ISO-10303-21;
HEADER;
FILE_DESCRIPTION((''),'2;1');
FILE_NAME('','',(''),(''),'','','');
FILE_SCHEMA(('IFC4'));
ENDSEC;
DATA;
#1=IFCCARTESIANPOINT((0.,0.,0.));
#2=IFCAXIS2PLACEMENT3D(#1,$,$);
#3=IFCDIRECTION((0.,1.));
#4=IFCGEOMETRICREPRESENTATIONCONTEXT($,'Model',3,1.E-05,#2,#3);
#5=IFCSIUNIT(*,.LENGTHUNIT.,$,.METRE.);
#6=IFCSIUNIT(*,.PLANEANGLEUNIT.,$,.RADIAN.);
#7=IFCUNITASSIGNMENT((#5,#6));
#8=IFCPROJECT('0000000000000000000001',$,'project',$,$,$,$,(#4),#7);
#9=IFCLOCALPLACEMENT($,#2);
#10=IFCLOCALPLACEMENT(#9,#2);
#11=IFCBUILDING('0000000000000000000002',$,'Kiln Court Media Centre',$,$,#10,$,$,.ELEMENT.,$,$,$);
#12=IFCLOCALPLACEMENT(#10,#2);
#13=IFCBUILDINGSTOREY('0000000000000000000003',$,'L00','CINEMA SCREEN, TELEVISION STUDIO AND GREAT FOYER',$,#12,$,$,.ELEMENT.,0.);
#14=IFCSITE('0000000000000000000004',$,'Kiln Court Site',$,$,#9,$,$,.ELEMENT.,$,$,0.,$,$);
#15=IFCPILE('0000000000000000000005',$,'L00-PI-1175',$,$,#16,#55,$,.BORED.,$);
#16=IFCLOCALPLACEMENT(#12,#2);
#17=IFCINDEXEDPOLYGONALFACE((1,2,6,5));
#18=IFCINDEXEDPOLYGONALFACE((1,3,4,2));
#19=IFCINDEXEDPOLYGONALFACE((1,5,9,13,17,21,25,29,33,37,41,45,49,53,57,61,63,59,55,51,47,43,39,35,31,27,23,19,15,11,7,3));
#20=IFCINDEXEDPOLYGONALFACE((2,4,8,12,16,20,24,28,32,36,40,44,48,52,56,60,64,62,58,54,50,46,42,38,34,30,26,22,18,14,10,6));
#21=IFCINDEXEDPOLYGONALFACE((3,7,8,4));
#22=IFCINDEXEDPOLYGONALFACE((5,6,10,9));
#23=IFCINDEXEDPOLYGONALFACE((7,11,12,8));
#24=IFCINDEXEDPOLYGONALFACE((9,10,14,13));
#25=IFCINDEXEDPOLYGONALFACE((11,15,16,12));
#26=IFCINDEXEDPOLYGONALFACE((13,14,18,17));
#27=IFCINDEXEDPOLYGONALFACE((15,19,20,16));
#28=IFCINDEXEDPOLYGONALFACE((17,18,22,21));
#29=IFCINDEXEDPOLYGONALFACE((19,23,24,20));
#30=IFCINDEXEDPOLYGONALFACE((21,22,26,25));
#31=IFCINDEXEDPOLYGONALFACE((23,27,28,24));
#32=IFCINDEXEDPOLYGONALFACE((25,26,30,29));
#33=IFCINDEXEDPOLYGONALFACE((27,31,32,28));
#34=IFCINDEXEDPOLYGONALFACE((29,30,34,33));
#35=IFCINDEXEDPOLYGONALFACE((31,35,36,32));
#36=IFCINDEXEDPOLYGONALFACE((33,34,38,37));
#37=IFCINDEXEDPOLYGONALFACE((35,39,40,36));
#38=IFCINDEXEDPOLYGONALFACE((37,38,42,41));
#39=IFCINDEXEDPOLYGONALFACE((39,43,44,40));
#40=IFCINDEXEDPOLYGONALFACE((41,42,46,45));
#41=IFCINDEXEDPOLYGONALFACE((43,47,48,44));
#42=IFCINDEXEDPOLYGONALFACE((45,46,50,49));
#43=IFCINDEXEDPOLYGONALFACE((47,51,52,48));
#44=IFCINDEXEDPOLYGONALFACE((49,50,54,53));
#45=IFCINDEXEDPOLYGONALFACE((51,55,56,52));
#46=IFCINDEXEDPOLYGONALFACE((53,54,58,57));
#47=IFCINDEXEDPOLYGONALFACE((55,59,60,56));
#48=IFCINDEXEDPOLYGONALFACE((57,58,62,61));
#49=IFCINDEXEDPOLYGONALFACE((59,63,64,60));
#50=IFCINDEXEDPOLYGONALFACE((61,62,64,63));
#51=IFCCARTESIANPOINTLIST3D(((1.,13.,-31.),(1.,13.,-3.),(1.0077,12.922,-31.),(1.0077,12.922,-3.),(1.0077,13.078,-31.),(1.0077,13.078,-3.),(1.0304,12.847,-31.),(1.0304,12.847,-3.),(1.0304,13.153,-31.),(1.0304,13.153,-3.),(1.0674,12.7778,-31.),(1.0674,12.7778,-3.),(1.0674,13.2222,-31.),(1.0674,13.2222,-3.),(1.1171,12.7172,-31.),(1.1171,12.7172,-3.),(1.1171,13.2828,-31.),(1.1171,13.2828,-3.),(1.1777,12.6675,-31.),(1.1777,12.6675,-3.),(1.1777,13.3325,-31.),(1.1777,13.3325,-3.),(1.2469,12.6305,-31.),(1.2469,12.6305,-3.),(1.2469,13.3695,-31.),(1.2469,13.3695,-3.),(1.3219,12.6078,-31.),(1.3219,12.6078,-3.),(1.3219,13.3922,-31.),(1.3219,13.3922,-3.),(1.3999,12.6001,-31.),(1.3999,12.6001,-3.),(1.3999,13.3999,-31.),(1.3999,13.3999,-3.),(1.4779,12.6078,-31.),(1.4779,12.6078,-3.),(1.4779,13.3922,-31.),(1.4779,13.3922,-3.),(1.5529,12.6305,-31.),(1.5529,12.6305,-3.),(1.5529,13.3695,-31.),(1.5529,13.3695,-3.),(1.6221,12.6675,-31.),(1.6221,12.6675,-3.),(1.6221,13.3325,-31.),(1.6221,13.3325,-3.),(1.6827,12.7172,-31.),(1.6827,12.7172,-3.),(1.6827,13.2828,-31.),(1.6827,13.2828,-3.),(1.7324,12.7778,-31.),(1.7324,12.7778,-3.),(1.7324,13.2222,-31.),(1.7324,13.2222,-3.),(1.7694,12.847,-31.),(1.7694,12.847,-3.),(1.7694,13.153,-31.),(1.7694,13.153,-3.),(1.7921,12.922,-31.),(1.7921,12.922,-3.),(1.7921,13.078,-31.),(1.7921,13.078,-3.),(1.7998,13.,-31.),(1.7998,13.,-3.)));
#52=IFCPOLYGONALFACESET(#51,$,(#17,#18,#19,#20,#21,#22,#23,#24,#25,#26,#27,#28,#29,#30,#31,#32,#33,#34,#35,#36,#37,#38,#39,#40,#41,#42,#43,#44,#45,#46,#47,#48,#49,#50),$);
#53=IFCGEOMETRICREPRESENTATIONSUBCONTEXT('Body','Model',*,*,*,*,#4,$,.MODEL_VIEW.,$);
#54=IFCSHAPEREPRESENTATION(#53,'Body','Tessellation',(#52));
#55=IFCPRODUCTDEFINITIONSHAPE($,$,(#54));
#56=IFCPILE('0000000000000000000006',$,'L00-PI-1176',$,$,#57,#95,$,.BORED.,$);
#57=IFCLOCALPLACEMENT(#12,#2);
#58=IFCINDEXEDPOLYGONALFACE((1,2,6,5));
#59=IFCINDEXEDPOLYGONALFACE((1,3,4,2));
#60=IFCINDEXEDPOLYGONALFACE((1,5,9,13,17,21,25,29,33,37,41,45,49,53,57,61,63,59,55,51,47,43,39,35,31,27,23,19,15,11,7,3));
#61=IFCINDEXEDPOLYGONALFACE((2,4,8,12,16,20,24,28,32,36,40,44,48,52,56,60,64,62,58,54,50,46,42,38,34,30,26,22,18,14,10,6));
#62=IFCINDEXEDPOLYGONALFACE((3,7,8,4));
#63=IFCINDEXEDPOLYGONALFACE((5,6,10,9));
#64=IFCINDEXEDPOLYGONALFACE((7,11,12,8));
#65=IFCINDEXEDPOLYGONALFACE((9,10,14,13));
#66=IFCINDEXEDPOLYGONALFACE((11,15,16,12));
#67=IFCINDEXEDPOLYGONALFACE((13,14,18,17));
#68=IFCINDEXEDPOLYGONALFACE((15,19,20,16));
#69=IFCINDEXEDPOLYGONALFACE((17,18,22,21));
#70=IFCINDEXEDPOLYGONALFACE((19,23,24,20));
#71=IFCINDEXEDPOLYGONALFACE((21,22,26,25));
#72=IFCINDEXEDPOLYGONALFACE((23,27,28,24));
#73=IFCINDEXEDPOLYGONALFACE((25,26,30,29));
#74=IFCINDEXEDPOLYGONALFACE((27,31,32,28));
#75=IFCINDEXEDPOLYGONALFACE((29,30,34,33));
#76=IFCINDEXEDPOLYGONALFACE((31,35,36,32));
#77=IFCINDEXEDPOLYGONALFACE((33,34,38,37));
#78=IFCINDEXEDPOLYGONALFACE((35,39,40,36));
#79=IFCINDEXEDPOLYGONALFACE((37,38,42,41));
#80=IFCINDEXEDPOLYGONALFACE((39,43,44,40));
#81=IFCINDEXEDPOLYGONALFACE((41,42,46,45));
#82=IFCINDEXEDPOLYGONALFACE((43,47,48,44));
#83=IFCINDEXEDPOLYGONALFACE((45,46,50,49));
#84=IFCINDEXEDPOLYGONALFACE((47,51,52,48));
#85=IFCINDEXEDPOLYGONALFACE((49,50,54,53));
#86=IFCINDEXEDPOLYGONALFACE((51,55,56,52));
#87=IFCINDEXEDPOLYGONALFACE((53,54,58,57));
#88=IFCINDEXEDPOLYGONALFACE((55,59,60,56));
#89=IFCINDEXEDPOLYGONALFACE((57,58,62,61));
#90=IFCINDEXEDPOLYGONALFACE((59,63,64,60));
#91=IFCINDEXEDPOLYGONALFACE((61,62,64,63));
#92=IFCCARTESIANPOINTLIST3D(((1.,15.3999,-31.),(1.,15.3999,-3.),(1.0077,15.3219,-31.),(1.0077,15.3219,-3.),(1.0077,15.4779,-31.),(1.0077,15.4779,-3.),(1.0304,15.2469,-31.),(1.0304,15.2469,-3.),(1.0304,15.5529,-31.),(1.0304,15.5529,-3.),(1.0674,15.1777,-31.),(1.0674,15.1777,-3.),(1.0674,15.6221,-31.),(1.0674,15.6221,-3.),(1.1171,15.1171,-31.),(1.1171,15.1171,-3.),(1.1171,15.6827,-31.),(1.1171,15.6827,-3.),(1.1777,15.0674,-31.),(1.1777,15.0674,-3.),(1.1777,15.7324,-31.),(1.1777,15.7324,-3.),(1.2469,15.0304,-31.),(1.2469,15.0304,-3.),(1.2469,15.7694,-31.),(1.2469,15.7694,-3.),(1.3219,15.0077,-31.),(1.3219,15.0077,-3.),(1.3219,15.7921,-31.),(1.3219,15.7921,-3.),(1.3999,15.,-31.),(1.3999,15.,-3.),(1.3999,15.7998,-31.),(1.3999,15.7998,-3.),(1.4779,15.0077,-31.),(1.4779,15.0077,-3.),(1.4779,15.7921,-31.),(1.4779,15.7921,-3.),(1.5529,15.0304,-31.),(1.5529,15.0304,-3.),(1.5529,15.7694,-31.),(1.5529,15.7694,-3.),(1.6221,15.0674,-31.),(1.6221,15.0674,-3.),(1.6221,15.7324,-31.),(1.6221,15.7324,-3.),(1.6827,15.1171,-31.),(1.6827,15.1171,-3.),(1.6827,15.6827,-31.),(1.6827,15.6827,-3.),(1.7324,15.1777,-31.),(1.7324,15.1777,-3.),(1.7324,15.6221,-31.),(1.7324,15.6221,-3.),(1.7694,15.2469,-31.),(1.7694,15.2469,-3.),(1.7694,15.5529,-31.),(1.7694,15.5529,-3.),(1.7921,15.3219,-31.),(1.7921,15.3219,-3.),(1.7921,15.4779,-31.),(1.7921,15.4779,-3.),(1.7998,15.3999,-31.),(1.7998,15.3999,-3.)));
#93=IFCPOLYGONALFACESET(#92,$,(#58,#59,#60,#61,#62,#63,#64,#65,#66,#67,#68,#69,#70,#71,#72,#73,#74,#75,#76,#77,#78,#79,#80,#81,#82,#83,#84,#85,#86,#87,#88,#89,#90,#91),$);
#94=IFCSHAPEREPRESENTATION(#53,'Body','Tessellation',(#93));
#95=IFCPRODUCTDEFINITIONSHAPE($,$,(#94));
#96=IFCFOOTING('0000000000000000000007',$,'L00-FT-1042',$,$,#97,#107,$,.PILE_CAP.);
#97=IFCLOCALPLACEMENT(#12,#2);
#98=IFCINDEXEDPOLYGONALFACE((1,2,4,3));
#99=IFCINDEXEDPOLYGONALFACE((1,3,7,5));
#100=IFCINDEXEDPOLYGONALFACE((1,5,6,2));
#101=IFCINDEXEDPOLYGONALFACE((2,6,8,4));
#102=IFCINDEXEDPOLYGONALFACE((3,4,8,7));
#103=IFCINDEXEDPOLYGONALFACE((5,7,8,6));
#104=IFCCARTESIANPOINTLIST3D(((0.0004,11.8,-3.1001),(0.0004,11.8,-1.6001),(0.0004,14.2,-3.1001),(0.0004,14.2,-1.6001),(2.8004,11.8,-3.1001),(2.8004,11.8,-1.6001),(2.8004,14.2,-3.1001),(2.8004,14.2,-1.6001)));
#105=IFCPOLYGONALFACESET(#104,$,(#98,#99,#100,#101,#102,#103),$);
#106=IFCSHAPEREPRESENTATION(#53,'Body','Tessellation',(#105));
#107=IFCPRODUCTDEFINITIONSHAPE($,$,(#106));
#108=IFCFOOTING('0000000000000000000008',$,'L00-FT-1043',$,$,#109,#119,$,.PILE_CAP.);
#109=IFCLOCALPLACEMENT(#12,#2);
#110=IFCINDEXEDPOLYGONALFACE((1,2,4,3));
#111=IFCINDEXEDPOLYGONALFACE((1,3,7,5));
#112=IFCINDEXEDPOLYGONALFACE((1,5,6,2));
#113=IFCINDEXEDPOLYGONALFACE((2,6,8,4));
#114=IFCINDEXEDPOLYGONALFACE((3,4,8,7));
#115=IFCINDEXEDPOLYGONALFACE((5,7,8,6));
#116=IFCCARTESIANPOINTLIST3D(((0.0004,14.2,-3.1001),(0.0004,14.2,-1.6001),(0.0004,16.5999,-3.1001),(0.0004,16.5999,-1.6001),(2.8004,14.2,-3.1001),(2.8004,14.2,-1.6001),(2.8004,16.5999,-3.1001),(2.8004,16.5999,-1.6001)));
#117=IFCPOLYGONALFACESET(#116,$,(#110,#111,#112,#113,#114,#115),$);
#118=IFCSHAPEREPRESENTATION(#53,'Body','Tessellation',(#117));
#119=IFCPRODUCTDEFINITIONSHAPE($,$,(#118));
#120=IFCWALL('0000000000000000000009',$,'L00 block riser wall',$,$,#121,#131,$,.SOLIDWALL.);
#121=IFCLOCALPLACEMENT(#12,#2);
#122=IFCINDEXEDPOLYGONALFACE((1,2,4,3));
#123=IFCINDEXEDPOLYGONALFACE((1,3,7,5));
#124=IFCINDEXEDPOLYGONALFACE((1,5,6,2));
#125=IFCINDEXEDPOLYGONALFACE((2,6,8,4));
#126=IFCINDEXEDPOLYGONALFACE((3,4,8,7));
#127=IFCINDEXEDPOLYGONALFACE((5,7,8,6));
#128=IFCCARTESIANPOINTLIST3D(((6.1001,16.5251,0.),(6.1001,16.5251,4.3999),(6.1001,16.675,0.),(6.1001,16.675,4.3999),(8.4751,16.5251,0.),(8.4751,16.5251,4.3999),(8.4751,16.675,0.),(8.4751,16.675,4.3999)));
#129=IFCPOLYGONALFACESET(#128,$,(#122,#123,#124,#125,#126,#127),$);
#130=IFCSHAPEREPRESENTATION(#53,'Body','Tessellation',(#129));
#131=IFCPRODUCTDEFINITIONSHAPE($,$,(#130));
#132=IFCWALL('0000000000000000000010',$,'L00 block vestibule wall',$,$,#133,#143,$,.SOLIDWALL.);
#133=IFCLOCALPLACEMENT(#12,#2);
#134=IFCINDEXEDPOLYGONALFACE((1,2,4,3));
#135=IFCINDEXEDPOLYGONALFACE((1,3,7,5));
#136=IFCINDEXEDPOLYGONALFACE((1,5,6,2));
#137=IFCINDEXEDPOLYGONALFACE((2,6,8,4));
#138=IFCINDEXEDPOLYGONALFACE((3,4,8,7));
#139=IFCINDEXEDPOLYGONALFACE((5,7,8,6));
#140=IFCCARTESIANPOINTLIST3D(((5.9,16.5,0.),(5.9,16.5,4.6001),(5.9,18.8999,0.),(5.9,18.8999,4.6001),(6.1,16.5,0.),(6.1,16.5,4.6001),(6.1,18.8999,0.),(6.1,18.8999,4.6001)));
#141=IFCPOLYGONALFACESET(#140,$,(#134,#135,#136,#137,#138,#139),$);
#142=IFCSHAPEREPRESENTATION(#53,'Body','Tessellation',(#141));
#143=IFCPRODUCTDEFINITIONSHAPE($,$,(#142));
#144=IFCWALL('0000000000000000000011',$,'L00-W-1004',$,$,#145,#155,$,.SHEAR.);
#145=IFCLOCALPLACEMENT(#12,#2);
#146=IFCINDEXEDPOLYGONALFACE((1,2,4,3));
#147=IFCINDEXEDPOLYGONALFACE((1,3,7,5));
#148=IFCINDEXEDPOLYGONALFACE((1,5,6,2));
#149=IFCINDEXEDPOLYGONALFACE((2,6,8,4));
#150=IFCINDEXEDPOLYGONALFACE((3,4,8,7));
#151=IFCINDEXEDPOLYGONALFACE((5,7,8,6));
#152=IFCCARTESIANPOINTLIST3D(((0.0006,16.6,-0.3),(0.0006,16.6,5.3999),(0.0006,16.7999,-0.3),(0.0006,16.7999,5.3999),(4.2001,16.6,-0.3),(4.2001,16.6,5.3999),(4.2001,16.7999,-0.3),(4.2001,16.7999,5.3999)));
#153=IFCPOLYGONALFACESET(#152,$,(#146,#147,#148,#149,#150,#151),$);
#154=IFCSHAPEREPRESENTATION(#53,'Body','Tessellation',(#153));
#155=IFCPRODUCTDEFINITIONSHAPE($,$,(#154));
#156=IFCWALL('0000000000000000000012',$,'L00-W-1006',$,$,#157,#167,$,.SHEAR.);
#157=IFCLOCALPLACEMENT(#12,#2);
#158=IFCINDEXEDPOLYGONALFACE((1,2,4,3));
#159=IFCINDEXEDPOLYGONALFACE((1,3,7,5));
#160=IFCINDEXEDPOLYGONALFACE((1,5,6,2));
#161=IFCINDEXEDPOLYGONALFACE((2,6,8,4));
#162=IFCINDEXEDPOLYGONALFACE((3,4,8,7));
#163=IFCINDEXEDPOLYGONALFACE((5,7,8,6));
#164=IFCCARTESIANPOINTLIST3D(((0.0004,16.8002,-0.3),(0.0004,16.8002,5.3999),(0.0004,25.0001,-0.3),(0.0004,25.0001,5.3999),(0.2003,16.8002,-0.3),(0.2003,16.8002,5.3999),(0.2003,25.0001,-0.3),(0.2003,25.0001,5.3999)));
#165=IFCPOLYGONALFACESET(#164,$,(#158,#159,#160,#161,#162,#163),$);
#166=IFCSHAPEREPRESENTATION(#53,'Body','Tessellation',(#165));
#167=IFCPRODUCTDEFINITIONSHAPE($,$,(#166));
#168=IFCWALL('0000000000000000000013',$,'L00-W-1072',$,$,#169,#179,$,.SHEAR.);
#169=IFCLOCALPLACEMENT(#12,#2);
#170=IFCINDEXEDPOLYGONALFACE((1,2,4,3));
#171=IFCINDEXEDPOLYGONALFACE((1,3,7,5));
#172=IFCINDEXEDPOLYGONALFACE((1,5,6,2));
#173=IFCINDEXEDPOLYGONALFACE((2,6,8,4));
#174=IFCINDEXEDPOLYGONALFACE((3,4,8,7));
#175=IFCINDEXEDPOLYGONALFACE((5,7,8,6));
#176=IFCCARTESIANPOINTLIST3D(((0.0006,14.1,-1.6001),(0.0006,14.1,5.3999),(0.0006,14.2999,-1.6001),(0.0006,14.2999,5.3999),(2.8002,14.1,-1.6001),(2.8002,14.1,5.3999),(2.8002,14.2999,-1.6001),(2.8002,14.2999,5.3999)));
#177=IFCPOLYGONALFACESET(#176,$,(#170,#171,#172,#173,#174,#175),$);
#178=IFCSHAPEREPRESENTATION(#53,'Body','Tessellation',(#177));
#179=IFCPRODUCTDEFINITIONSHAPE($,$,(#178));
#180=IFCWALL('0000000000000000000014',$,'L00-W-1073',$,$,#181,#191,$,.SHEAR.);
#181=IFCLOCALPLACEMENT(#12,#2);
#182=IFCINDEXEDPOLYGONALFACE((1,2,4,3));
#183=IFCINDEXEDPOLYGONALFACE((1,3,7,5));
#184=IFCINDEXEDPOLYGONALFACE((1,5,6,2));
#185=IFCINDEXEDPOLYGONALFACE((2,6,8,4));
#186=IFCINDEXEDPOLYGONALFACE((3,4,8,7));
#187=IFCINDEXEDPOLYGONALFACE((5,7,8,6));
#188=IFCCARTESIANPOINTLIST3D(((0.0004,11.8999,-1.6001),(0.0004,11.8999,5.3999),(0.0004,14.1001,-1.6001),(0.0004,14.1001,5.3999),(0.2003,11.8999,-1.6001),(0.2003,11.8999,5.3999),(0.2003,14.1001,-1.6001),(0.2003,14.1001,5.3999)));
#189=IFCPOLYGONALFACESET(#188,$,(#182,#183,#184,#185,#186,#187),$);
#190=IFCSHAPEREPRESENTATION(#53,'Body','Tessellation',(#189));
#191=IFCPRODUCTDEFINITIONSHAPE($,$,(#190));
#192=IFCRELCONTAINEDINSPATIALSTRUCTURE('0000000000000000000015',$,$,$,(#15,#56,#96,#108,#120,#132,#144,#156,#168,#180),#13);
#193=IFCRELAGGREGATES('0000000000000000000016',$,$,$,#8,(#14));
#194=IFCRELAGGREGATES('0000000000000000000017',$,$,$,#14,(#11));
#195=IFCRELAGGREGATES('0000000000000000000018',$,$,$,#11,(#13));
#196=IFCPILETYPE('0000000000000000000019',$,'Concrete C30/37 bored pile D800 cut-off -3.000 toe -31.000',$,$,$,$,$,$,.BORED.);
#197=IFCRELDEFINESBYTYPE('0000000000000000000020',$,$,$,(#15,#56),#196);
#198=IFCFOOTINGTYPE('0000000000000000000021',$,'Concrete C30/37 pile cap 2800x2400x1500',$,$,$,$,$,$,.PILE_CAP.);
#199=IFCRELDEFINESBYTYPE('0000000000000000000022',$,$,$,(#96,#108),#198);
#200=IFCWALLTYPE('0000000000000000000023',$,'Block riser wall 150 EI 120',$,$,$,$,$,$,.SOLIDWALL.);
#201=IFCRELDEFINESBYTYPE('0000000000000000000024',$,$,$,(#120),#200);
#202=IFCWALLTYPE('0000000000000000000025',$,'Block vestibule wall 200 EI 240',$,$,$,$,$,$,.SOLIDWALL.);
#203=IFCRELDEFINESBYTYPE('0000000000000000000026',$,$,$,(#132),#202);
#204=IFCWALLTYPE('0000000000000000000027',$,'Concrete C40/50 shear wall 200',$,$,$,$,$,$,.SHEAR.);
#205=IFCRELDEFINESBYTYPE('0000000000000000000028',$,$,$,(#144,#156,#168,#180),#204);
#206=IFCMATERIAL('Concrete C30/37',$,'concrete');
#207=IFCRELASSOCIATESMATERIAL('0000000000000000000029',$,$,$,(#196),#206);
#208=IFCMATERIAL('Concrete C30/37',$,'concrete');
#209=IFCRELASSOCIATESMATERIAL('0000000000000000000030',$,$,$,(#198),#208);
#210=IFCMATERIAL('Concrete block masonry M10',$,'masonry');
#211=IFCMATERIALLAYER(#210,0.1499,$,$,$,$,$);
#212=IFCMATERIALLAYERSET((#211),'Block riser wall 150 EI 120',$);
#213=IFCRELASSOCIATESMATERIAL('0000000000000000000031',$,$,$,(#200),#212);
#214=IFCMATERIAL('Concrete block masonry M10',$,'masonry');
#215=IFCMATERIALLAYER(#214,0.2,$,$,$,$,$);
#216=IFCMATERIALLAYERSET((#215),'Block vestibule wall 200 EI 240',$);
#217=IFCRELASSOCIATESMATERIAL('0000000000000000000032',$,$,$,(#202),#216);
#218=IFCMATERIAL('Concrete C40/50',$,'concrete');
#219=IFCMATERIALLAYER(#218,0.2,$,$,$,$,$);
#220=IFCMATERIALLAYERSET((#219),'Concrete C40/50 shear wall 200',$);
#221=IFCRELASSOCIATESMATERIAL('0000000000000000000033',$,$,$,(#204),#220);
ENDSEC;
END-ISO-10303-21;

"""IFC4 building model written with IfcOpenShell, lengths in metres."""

from ifc_helpers import new_model, si_unit, direction, frame, frame_2d, origin, origin_2d, place, context, subcontext, project, spatial, rectangle, circle, extrude, material, layer, layer_set, material_profile, profile_set, type_object, element, save


model = new_model("IFC4")

# Units and contexts
model_context = context("Model", 3, precision=1e-05, world=origin(), true_north=direction((0.0, 1.0)))
body_context = subcontext(model_context, "Body", "Model", "MODEL_VIEW")
ifc_project = project(units=[si_unit("LENGTHUNIT", "METRE"), si_unit("PLANEANGLEUNIT", "RADIAN")], contexts=[model_context])

# Site, building, storey
site_placement = place(None, origin())
site = spatial("IfcSite", under=ifc_project, at=site_placement, Name="Kiln Court Site", CompositionType="ELEMENT", RefElevation=0.0)
building_placement = place(site_placement, origin())
building = spatial("IfcBuilding", under=site, at=building_placement, Name="Kiln Court Media Centre", CompositionType="ELEMENT")
storey_placement = place(building_placement, origin())
storey = spatial("IfcBuildingStorey", under=building, at=storey_placement, Name="L00", Description="CINEMA SCREEN, TELEVISION STUDIO AND GREAT FOYER", CompositionType="ELEMENT", Elevation=0.0)

# Piles
ifc_material_1 = material(Name="Concrete C30/37", Category="concrete")
ifc_material_profile_1 = material_profile(ifc_material_1, circle(Radius=0.3999, at=origin_2d()), Name="PILE D800")
ifc_profile_set_1 = profile_set([ifc_material_profile_1], Name="Concrete C30/37")
pile_type_1 = type_object("IfcPileType", Name="Concrete C30/37 bored pile D800 cut-off -3.000 toe -31.000", PredefinedType="BORED", material=ifc_profile_set_1)
for number, where, z_axis, x_axis, name in (
    (1, (1.3999, 13.0, -3.0), (0.0, 0.0, -1.0), (1.0, 0.0, 0.0), "L00-PI-1175"),
    (2, (1.3999, 15.3999, -3.0), (0.0, 0.0, -1.0), (1.0, 0.0, 0.0), "L00-PI-1176"),
):
    element("IfcPile", number, at=place(storey_placement, frame(where, z_axis=z_axis, x_axis=x_axis)), inside=storey, type_object=pile_type_1, Name=name, PredefinedType="BORED", context=body_context, shape_type="SweptSolid", body=[
        extrude(circle(Radius=0.3999, at=origin_2d()), origin(), (0.0, 0.0, 1.0), 28.0),
    ])

# Footings
ifc_material_2 = material(Name="Concrete C30/37", Category="concrete")
footing_type = type_object("IfcFootingType", Name="Concrete C30/37 pile cap 2800x2400x1500", PredefinedType="PILE_CAP", material=ifc_material_2)
for number, where, z_axis, x_axis, name in (
    (3, (1.4004, 13.0, -3.1001), (0.0, 0.0, 1.0), (1.0, 0.0, 0.0), "L00-FT-1042"),
    (4, (1.4004, 15.3999, -3.1001), (0.0, 0.0, 1.0), (1.0, 0.0, 0.0), "L00-FT-1043"),
):
    element("IfcFooting", number, at=place(storey_placement, frame(where, z_axis=z_axis, x_axis=x_axis)), inside=storey, type_object=footing_type, Name=name, PredefinedType="PILE_CAP", context=body_context, shape_type="SweptSolid", body=[
        extrude(rectangle(XDim=2.8, YDim=2.3999, at=origin_2d()), origin(), (0.0, 0.0, 1.0), 1.5),
    ])

# Walls
ifc_material_3 = material(Name="Concrete block masonry M10", Category="masonry")
ifc_layer_1 = layer(ifc_material_3, 0.1499)
ifc_layer_set_1 = layer_set([ifc_layer_1], Name="Block riser wall 150 EI 120")
wall_type_1 = type_object("IfcWallType", Name="Block riser wall 150 EI 120", PredefinedType="SOLIDWALL", material=ifc_layer_set_1)
wall_1_placement = place(storey_placement, frame((6.1001, 16.6001, 0.0), z_axis=(0.0, 0.0, 1.0), x_axis=(1.0, 0.0, 0.0)))
element("IfcWall", 5, at=wall_1_placement, inside=storey, type_object=wall_type_1, Name="L00 block riser wall", PredefinedType="SOLIDWALL", context=body_context, shape_type="SweptSolid", body=[
    extrude(rectangle(XDim=2.375, YDim=0.1499, at=frame_2d((1.1875, 0.0))), origin(), (0.0, 0.0, 1.0), 4.3999),
])
ifc_material_4 = material(Name="Concrete block masonry M10", Category="masonry")
ifc_layer_2 = layer(ifc_material_4, 0.2)
ifc_layer_set_2 = layer_set([ifc_layer_2], Name="Block vestibule wall 200 EI 240")
wall_type_2 = type_object("IfcWallType", Name="Block vestibule wall 200 EI 240", PredefinedType="SOLIDWALL", material=ifc_layer_set_2)
wall_2_placement = place(storey_placement, frame((6.0, 16.5, 0.0), z_axis=(0.0, 0.0, 1.0), x_axis=(0.0, 1.0, 0.0)))
element("IfcWall", 6, at=wall_2_placement, inside=storey, type_object=wall_type_2, Name="L00 block vestibule wall", PredefinedType="SOLIDWALL", context=body_context, shape_type="SweptSolid", body=[
    extrude(rectangle(XDim=2.3999, YDim=0.2, at=frame_2d((1.2, 0.0))), origin(), (0.0, 0.0, 1.0), 4.6001),
])
ifc_material_5 = material(Name="Concrete C40/50", Category="concrete")
ifc_layer_3 = layer(ifc_material_5, 0.2)
ifc_layer_set_3 = layer_set([ifc_layer_3], Name="Concrete C40/50 shear wall 200")
wall_type_3 = type_object("IfcWallType", Name="Concrete C40/50 shear wall 200", PredefinedType="SHEAR", material=ifc_layer_set_3)
wall_3_placement = place(storey_placement, frame((4.2, 16.7, -0.3), z_axis=(0.0, 0.0, 1.0), x_axis=(-1.0, 0.0, 0.0)))
element("IfcWall", 7, at=wall_3_placement, inside=storey, type_object=wall_type_3, Name="L00-W-1004", PredefinedType="SHEAR", context=body_context, shape_type="SweptSolid", body=[
    extrude(rectangle(XDim=4.1995, YDim=0.2, at=frame_2d((2.0996, 0.0))), origin(), (0.0, 0.0, 1.0), 5.7),
])
wall_4_placement = place(storey_placement, frame((0.1003, 16.8, -0.3), z_axis=(0.0, 0.0, 1.0), x_axis=(0.0, 1.0, 0.0)))
element("IfcWall", 8, at=wall_4_placement, inside=storey, type_object=wall_type_3, Name="L00-W-1006", PredefinedType="SHEAR", context=body_context, shape_type="SweptSolid", body=[
    extrude(rectangle(XDim=8.2, YDim=0.2, at=frame_2d((4.1001, 0.0))), origin(), (0.0, 0.0, 1.0), 5.7),
])
wall_5_placement = place(storey_placement, frame((0.0005, 14.2, -1.6001), z_axis=(0.0, 0.0, 1.0), x_axis=(1.0, 0.0, 0.0)))
element("IfcWall", 9, at=wall_5_placement, inside=storey, type_object=wall_type_3, Name="L00-W-1072", PredefinedType="SHEAR", context=body_context, shape_type="SweptSolid", body=[
    extrude(rectangle(XDim=2.7996, YDim=0.2, at=frame_2d((1.3999, 0.0))), origin(), (0.0, 0.0, 1.0), 7.0),
])
wall_6_placement = place(storey_placement, frame((0.1003, 11.8999, -1.6001), z_axis=(0.0, 0.0, 1.0), x_axis=(0.0, 1.0, 0.0)))
element("IfcWall", 10, at=wall_6_placement, inside=storey, type_object=wall_type_3, Name="L00-W-1073", PredefinedType="SHEAR", context=body_context, shape_type="SweptSolid", body=[
    extrude(rectangle(XDim=2.2002, YDim=0.2, at=frame_2d((1.1001, 0.0))), origin(), (0.0, 0.0, 1.0), 7.0),
])

save(model, "model.ifc")
